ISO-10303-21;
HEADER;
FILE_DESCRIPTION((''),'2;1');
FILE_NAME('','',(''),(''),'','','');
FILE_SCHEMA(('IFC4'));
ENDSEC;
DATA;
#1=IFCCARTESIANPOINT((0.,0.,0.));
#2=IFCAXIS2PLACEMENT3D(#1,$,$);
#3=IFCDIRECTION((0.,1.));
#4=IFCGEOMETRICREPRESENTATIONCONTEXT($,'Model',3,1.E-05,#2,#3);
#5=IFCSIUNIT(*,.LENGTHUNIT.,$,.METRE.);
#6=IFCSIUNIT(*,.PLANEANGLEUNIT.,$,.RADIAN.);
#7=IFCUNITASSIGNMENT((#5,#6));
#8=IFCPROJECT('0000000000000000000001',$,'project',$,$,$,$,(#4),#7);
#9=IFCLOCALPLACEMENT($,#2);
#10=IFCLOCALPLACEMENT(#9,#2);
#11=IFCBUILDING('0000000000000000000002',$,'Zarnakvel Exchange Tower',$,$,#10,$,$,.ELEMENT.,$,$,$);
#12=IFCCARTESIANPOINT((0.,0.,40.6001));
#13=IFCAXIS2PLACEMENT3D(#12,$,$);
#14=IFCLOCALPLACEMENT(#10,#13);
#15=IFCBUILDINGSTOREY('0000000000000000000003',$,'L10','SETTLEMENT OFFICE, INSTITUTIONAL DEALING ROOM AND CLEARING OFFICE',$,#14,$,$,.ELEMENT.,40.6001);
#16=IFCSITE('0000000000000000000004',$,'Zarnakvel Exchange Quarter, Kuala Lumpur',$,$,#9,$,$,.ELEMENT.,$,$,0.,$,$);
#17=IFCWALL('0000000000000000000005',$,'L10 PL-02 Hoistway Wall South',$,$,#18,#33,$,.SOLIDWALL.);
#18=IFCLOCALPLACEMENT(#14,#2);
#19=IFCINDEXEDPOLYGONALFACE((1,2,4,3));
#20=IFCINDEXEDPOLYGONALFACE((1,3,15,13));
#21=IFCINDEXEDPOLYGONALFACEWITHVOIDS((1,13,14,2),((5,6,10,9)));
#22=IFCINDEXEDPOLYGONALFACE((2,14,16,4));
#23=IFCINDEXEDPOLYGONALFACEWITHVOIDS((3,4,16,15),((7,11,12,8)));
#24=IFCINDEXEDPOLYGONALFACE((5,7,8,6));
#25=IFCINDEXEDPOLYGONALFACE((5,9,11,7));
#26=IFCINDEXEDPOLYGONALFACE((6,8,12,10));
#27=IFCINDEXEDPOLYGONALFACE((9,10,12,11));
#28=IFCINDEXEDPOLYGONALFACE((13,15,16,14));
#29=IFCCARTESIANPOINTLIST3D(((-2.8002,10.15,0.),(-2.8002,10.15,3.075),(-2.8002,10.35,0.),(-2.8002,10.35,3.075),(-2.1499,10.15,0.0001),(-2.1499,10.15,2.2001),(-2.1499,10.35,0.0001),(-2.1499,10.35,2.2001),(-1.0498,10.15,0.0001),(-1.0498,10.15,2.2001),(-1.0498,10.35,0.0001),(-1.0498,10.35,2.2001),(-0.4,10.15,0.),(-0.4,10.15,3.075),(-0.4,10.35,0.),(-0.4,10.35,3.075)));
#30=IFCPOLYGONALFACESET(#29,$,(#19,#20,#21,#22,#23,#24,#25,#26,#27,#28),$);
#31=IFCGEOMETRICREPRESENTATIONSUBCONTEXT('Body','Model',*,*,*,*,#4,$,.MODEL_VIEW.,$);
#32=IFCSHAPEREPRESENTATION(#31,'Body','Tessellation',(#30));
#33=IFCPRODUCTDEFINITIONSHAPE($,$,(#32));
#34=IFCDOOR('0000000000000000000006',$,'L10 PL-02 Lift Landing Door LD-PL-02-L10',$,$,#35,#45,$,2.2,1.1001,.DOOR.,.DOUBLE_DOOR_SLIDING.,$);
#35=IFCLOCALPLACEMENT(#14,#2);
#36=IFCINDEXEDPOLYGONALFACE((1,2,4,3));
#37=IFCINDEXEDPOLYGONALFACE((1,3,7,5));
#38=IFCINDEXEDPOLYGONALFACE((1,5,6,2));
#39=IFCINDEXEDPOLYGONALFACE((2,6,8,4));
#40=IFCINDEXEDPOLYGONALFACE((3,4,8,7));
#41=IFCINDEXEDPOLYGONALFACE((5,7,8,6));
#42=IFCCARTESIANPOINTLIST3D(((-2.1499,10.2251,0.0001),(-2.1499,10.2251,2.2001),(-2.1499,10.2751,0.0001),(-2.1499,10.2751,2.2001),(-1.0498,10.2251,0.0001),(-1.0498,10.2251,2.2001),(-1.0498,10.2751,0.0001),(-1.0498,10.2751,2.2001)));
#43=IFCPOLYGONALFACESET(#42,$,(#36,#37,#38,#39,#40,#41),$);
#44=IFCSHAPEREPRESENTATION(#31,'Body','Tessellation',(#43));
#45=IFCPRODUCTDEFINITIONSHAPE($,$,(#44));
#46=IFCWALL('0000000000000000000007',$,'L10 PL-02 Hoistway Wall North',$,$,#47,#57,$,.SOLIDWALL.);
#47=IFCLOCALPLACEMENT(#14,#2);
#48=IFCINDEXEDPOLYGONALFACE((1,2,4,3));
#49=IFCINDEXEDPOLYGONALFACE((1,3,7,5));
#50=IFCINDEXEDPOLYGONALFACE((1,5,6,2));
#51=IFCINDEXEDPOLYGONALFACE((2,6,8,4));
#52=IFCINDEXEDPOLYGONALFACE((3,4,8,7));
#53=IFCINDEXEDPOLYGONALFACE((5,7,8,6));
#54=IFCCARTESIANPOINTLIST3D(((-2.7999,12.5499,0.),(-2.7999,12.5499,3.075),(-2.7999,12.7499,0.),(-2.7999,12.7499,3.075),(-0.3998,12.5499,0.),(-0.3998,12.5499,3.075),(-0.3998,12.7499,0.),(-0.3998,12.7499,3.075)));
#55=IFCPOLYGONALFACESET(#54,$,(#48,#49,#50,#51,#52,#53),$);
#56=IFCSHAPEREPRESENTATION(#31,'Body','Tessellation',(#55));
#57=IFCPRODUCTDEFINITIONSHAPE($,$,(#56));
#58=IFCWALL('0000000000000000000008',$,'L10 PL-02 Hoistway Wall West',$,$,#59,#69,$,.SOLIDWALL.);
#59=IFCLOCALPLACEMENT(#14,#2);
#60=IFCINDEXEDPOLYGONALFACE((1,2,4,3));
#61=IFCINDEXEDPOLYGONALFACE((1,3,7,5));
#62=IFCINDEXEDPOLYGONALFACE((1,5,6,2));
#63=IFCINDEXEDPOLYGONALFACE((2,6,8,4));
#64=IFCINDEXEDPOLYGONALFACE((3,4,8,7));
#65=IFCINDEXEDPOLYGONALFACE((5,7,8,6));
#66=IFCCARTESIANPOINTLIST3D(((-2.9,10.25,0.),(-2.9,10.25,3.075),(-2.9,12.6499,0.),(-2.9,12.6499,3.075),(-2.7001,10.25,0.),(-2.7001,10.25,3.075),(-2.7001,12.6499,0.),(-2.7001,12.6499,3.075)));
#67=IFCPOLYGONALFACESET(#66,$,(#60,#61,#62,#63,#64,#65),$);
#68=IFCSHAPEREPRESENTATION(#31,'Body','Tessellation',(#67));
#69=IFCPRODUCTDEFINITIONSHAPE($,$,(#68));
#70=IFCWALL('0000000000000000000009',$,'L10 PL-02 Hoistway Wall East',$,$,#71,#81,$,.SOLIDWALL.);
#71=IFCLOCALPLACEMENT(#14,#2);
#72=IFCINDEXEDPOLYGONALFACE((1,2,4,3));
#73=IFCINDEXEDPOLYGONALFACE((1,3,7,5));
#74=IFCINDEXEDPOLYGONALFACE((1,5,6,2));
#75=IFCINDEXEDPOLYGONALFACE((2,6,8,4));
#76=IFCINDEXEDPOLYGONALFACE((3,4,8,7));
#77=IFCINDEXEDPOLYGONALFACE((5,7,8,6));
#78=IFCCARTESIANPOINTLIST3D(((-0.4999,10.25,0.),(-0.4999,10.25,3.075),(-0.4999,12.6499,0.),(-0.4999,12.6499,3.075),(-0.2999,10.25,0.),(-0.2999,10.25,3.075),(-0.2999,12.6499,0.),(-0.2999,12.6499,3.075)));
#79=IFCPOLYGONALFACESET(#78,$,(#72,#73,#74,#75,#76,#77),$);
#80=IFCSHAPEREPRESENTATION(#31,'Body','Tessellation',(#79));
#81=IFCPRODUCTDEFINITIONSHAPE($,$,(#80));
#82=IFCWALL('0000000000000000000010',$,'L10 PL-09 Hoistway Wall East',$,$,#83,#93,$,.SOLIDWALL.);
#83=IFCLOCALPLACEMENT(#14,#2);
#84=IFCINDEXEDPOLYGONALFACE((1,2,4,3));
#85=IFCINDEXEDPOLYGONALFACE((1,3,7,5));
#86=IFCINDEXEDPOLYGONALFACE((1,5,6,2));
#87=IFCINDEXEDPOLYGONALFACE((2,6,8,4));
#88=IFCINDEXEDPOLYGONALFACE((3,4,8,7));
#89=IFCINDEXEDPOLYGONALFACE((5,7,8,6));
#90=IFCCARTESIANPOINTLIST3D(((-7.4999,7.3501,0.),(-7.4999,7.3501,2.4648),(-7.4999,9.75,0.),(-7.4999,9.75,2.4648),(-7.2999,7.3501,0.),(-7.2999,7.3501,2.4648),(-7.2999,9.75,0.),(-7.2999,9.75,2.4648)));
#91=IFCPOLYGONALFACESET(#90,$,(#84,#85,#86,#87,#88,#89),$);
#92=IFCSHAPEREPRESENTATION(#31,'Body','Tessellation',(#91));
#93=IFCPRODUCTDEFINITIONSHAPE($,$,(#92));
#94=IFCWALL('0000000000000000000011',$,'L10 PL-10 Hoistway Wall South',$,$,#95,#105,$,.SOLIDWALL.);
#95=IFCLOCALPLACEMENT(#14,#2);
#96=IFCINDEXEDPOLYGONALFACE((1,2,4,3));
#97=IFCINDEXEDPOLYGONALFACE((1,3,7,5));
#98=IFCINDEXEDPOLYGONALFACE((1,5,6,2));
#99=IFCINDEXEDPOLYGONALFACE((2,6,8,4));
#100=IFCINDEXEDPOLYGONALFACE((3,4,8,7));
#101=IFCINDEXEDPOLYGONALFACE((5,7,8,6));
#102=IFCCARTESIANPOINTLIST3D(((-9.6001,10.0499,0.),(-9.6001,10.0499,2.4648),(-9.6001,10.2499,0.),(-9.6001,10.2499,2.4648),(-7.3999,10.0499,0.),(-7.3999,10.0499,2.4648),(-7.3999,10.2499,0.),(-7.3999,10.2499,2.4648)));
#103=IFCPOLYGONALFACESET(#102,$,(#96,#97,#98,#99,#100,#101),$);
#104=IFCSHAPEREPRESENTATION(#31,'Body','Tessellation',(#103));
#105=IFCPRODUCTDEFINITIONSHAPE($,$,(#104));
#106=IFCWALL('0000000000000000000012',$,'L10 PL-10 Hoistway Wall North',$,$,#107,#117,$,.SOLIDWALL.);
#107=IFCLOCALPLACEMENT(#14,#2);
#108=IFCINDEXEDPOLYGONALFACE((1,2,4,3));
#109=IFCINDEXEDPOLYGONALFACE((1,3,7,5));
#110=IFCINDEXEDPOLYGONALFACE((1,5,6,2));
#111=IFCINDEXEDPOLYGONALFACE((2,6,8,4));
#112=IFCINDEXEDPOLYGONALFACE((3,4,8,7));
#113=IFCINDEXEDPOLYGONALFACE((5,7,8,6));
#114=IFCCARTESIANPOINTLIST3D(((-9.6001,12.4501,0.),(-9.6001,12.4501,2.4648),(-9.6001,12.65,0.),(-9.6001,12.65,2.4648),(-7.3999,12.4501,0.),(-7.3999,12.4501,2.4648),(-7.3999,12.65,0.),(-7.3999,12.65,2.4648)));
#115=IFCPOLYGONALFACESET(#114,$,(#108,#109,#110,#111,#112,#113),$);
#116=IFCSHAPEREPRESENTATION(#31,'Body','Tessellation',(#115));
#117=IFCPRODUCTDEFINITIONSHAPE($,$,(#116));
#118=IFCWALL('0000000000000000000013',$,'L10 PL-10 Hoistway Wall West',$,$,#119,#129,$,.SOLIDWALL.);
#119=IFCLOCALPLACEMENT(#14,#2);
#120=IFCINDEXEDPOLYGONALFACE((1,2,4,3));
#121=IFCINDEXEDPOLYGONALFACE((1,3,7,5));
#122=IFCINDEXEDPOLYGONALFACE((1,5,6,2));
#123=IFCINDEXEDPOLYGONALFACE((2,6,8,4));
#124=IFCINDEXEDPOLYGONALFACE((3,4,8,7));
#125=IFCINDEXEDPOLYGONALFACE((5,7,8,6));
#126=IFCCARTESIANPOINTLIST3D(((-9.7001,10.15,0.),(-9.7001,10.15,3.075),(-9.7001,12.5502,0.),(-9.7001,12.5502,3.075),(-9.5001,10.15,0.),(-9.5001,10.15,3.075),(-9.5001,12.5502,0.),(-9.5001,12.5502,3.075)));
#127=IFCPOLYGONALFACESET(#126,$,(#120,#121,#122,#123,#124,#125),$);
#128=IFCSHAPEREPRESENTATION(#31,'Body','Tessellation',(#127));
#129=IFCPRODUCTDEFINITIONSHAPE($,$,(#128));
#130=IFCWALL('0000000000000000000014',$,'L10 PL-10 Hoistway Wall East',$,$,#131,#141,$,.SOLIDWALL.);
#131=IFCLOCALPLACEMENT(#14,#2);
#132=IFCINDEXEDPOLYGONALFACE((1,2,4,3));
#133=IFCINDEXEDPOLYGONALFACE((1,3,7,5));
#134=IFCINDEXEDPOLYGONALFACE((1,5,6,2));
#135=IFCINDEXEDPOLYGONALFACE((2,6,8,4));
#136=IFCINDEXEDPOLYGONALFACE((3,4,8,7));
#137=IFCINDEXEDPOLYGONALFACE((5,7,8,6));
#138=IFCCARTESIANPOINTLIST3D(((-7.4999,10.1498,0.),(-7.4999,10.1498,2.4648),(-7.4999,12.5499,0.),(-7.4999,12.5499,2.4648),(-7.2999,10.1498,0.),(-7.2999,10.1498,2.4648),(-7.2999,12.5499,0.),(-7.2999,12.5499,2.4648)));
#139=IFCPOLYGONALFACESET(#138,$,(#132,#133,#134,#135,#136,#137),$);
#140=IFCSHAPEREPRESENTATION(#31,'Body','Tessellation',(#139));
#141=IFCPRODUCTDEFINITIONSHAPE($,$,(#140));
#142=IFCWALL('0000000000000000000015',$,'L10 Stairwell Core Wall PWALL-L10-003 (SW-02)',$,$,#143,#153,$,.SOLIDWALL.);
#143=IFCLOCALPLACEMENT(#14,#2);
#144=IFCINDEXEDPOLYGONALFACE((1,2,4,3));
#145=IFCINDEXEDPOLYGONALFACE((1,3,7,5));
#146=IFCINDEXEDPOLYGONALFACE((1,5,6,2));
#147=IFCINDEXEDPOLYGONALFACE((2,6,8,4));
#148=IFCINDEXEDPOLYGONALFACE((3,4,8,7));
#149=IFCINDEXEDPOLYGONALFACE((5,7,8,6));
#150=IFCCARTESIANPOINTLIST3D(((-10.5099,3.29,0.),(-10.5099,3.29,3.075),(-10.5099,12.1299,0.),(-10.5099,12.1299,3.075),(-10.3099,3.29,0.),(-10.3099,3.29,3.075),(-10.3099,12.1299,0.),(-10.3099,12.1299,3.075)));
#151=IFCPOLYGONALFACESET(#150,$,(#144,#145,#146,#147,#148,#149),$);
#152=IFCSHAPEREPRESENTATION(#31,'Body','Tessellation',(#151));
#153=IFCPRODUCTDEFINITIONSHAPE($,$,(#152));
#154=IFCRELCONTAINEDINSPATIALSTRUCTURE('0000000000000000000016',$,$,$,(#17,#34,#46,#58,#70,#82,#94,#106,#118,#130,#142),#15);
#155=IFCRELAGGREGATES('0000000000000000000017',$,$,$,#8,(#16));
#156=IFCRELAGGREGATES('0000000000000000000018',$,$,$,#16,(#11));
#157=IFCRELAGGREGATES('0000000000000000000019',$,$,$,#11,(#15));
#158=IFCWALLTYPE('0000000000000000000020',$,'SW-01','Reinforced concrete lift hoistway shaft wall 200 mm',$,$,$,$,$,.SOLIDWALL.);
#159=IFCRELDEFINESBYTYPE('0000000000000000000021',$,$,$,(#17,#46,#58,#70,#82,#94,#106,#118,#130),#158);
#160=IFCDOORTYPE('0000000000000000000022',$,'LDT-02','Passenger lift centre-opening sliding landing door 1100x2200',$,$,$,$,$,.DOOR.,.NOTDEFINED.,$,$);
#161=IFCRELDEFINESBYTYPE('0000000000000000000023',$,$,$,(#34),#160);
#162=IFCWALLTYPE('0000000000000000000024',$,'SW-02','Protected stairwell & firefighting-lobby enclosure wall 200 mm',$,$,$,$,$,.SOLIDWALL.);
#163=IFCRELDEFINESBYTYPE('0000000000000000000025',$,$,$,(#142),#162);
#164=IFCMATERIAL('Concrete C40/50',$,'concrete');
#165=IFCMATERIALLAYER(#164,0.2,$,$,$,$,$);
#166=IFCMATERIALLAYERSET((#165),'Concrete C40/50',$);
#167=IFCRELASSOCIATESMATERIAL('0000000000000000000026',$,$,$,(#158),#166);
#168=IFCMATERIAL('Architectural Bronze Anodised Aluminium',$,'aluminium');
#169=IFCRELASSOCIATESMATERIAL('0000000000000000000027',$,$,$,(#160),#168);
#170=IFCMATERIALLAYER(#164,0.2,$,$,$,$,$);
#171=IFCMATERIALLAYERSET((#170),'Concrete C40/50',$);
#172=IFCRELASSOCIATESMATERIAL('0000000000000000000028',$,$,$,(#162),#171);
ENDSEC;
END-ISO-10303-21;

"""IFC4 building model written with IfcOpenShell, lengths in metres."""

from ifc_helpers import new_model, si_unit, direction, frame, frame_2d, origin, place, context, subcontext, project, spatial, rectangle, extrude, source, transform, mapped, material, layer, layer_set, type_object, element, fill, save


model = new_model("IFC4")

# Units and contexts
model_context = context("Model", 3, precision=1e-05, world=origin(), true_north=direction((0.0, 1.0)))
body_context = subcontext(model_context, "Body", "Model", "MODEL_VIEW")
ifc_project = project(units=[si_unit("LENGTHUNIT", "METRE"), si_unit("PLANEANGLEUNIT", "RADIAN")], contexts=[model_context])

# Site, building, storey
site_placement = place(None, origin())
site = spatial("IfcSite", under=ifc_project, at=site_placement, Name="Zarnakvel Exchange Quarter, Kuala Lumpur", CompositionType="ELEMENT", RefElevation=0.0)
building_placement = place(site_placement, origin())
building = spatial("IfcBuilding", under=site, at=building_placement, Name="Zarnakvel Exchange Tower", CompositionType="ELEMENT")
storey_placement = place(building_placement, frame((0.0, 0.0, 40.6001)))
storey = spatial("IfcBuildingStorey", under=building, at=storey_placement, Name="L10", Description="SETTLEMENT OFFICE, INSTITUTIONAL DEALING ROOM AND CLEARING OFFICE", CompositionType="ELEMENT", Elevation=40.6001)

# Shared definitions
ifc_material_1 = material(Name="Architectural Bronze Anodised Aluminium", Category="aluminium")

# Shared definitions
ifc_material_2 = material(Name="Concrete C40/50", Category="concrete")
ifc_layer_1 = layer(ifc_material_2, 0.2)
ifc_layer_set_1 = layer_set([ifc_layer_1], Name="Concrete C40/50")
wall_type_1 = type_object("IfcWallType", Name="SW-01", Description="Reinforced concrete lift hoistway shaft wall 200 mm", PredefinedType="SOLIDWALL", material=ifc_layer_set_1)
door_type = type_object("IfcDoorType", Name="LDT-02", Description="Passenger lift centre-opening sliding landing door 1100x2200", OperationType="NOTDEFINED", PredefinedType="DOOR", material=ifc_material_1)
shared_shape_1 = source(origin(), body_context, "Body", "SweptSolid", [
    extrude(rectangle(XDim=1.1001, YDim=2.2, at=frame_2d((0.55, 1.1001))), frame((0.0, 0.0249, 0.0), z_axis=(0.0, -1.0, 0.0), x_axis=(1.0, 0.0, 0.0)), (0.0, 0.0, 1.0), 0.05),
])

# Wall, opening, door
wall_1_placement = place(storey_placement, frame((-0.3999, 10.25, 0.0), z_axis=(0.0, 0.0, 1.0), x_axis=(-1.0, 0.0, 0.0)))
wall_1 = element("IfcWall", 1, at=wall_1_placement, inside=storey, type_object=wall_type_1, Name="L10 PL-02 Hoistway Wall South", PredefinedType="SOLIDWALL", context=body_context, shape_type="SweptSolid", body=[
    extrude(rectangle(XDim=2.4001, YDim=0.2, at=frame_2d((1.2002, 0.0))), origin(), (0.0, 0.0, 1.0), 3.075),
])
opening_1_placement = place(wall_1_placement, frame((0.6499, 0.0, 0.0)))
opening_1 = element("IfcOpeningElement", 2, at=opening_1_placement, cuts=wall_1, PredefinedType="OPENING", context=body_context, shape_type="SweptSolid", body=[
    extrude(rectangle(XDim=1.1001, YDim=2.2, at=frame_2d((0.55, 1.1001))), frame((0.0, 0.1099, 0.0), z_axis=(0.0, -1.0, 0.0), x_axis=(1.0, 0.0, 0.0)), (0.0, 0.0, 1.0), 0.22),
])
door_1_placement = place(opening_1_placement, origin())
door_1 = element("IfcDoor", 3, at=door_1_placement, inside=storey, type_object=door_type, Name="L10 PL-02 Lift Landing Door LD-PL-02-L10", OperationType="DOUBLE_DOOR_SLIDING", OverallHeight=2.2, OverallWidth=1.1001, PredefinedType="DOOR", context=body_context, shape_type="MappedRepresentation", body=[
    mapped(shared_shape_1, transform((0.0, 0.0, 0.0), x_axis=(1.0, 0.0, 0.0), y_axis=(0.0, 1.0, 0.0), z_axis=(0.0, 0.0, 1.0), scale=1.0)),
])
fill(opening_1, door_1)

# Walls
wall_2_placement = place(storey_placement, frame((-2.8, 12.6499, 0.0), z_axis=(0.0, 0.0, 1.0), x_axis=(1.0, 0.0, 0.0)))
element("IfcWall", 4, at=wall_2_placement, inside=storey, type_object=wall_type_1, Name="L10 PL-02 Hoistway Wall North", PredefinedType="SOLIDWALL", context=body_context, shape_type="SweptSolid", body=[
    extrude(rectangle(XDim=2.4001, YDim=0.2, at=frame_2d((1.2002, 0.0))), origin(), (0.0, 0.0, 1.0), 3.075),
])
for number, where, z_axis, x_axis, name in (
    (5, (-2.8, 10.25, 0.0), (0.0, 0.0, 1.0), (0.0, 1.0, 0.0), "L10 PL-02 Hoistway Wall West"),
    (6, (-0.3999, 12.6499, 0.0), (0.0, 0.0, 1.0), (0.0, -1.0, 0.0), "L10 PL-02 Hoistway Wall East"),
):
    element("IfcWall", number, at=place(storey_placement, frame(where, z_axis=z_axis, x_axis=x_axis)), inside=storey, type_object=wall_type_1, Name=name, PredefinedType="SOLIDWALL", context=body_context, shape_type="SweptSolid", body=[
        extrude(rectangle(XDim=2.3999, YDim=0.2, at=frame_2d((1.2, 0.0))), origin(), (0.0, 0.0, 1.0), 3.075),
    ])
wall_3_placement = place(storey_placement, frame((-7.3999, 9.75, 0.0), z_axis=(0.0, 0.0, 1.0), x_axis=(0.0, -1.0, 0.0)))
element("IfcWall", 7, at=wall_3_placement, inside=storey, type_object=wall_type_1, Name="L10 PL-09 Hoistway Wall East", PredefinedType="SOLIDWALL", context=body_context, shape_type="SweptSolid", body=[
    extrude(rectangle(XDim=2.3999, YDim=0.2, at=frame_2d((1.2, 0.0))), origin(), (0.0, 0.0, 1.0), 2.4648),
])
for number, where, z_axis, x_axis, name in (
    (8, (-7.3999, 10.1499, 0.0), (0.0, 0.0, 1.0), (-1.0, 0.0, 0.0), "L10 PL-10 Hoistway Wall South"),
    (9, (-9.6001, 12.55, 0.0), (0.0, 0.0, 1.0), (1.0, 0.0, 0.0), "L10 PL-10 Hoistway Wall North"),
):
    element("IfcWall", number, at=place(storey_placement, frame(where, z_axis=z_axis, x_axis=x_axis)), inside=storey, type_object=wall_type_1, Name=name, PredefinedType="SOLIDWALL", context=body_context, shape_type="SweptSolid", body=[
        extrude(rectangle(XDim=2.2002, YDim=0.2, at=frame_2d((1.1001, 0.0))), origin(), (0.0, 0.0, 1.0), 2.4648),
    ])
wall_4_placement = place(storey_placement, frame((-9.6001, 10.1499, 0.0), z_axis=(0.0, 0.0, 1.0), x_axis=(0.0, 1.0, 0.0)))
element("IfcWall", 10, at=wall_4_placement, inside=storey, type_object=wall_type_1, Name="L10 PL-10 Hoistway Wall West", PredefinedType="SOLIDWALL", context=body_context, shape_type="SweptSolid", body=[
    extrude(rectangle(XDim=2.4001, YDim=0.2, at=frame_2d((1.2002, 0.0))), origin(), (0.0, 0.0, 1.0), 3.075),
])
wall_5_placement = place(storey_placement, frame((-7.3999, 12.55, 0.0), z_axis=(0.0, 0.0, 1.0), x_axis=(0.0, -1.0, 0.0)))
element("IfcWall", 11, at=wall_5_placement, inside=storey, type_object=wall_type_1, Name="L10 PL-10 Hoistway Wall East", PredefinedType="SOLIDWALL", context=body_context, shape_type="SweptSolid", body=[
    extrude(rectangle(XDim=2.4001, YDim=0.2, at=frame_2d((1.2002, 0.0))), origin(), (0.0, 0.0, 1.0), 2.4648),
])
ifc_layer_2 = layer(ifc_material_2, 0.2)
ifc_layer_set_2 = layer_set([ifc_layer_2], Name="Concrete C40/50")
wall_type_2 = type_object("IfcWallType", Name="SW-02", Description="Protected stairwell & firefighting-lobby enclosure wall 200 mm", PredefinedType="SOLIDWALL", material=ifc_layer_set_2)
wall_6_placement = place(storey_placement, frame((-10.4099, 12.1299, 0.0), z_axis=(0.0, 0.0, 1.0), x_axis=(0.0, -1.0, 0.0)))
element("IfcWall", 12, at=wall_6_placement, inside=storey, type_object=wall_type_2, Name="L10 Stairwell Core Wall PWALL-L10-003 (SW-02)", PredefinedType="SOLIDWALL", context=body_context, shape_type="SweptSolid", body=[
    extrude(rectangle(XDim=8.8398, YDim=0.2, at=frame_2d((4.4199, 0.0))), origin(), (0.0, 0.0, 1.0), 3.075),
])

save(model, "model.ifc")
